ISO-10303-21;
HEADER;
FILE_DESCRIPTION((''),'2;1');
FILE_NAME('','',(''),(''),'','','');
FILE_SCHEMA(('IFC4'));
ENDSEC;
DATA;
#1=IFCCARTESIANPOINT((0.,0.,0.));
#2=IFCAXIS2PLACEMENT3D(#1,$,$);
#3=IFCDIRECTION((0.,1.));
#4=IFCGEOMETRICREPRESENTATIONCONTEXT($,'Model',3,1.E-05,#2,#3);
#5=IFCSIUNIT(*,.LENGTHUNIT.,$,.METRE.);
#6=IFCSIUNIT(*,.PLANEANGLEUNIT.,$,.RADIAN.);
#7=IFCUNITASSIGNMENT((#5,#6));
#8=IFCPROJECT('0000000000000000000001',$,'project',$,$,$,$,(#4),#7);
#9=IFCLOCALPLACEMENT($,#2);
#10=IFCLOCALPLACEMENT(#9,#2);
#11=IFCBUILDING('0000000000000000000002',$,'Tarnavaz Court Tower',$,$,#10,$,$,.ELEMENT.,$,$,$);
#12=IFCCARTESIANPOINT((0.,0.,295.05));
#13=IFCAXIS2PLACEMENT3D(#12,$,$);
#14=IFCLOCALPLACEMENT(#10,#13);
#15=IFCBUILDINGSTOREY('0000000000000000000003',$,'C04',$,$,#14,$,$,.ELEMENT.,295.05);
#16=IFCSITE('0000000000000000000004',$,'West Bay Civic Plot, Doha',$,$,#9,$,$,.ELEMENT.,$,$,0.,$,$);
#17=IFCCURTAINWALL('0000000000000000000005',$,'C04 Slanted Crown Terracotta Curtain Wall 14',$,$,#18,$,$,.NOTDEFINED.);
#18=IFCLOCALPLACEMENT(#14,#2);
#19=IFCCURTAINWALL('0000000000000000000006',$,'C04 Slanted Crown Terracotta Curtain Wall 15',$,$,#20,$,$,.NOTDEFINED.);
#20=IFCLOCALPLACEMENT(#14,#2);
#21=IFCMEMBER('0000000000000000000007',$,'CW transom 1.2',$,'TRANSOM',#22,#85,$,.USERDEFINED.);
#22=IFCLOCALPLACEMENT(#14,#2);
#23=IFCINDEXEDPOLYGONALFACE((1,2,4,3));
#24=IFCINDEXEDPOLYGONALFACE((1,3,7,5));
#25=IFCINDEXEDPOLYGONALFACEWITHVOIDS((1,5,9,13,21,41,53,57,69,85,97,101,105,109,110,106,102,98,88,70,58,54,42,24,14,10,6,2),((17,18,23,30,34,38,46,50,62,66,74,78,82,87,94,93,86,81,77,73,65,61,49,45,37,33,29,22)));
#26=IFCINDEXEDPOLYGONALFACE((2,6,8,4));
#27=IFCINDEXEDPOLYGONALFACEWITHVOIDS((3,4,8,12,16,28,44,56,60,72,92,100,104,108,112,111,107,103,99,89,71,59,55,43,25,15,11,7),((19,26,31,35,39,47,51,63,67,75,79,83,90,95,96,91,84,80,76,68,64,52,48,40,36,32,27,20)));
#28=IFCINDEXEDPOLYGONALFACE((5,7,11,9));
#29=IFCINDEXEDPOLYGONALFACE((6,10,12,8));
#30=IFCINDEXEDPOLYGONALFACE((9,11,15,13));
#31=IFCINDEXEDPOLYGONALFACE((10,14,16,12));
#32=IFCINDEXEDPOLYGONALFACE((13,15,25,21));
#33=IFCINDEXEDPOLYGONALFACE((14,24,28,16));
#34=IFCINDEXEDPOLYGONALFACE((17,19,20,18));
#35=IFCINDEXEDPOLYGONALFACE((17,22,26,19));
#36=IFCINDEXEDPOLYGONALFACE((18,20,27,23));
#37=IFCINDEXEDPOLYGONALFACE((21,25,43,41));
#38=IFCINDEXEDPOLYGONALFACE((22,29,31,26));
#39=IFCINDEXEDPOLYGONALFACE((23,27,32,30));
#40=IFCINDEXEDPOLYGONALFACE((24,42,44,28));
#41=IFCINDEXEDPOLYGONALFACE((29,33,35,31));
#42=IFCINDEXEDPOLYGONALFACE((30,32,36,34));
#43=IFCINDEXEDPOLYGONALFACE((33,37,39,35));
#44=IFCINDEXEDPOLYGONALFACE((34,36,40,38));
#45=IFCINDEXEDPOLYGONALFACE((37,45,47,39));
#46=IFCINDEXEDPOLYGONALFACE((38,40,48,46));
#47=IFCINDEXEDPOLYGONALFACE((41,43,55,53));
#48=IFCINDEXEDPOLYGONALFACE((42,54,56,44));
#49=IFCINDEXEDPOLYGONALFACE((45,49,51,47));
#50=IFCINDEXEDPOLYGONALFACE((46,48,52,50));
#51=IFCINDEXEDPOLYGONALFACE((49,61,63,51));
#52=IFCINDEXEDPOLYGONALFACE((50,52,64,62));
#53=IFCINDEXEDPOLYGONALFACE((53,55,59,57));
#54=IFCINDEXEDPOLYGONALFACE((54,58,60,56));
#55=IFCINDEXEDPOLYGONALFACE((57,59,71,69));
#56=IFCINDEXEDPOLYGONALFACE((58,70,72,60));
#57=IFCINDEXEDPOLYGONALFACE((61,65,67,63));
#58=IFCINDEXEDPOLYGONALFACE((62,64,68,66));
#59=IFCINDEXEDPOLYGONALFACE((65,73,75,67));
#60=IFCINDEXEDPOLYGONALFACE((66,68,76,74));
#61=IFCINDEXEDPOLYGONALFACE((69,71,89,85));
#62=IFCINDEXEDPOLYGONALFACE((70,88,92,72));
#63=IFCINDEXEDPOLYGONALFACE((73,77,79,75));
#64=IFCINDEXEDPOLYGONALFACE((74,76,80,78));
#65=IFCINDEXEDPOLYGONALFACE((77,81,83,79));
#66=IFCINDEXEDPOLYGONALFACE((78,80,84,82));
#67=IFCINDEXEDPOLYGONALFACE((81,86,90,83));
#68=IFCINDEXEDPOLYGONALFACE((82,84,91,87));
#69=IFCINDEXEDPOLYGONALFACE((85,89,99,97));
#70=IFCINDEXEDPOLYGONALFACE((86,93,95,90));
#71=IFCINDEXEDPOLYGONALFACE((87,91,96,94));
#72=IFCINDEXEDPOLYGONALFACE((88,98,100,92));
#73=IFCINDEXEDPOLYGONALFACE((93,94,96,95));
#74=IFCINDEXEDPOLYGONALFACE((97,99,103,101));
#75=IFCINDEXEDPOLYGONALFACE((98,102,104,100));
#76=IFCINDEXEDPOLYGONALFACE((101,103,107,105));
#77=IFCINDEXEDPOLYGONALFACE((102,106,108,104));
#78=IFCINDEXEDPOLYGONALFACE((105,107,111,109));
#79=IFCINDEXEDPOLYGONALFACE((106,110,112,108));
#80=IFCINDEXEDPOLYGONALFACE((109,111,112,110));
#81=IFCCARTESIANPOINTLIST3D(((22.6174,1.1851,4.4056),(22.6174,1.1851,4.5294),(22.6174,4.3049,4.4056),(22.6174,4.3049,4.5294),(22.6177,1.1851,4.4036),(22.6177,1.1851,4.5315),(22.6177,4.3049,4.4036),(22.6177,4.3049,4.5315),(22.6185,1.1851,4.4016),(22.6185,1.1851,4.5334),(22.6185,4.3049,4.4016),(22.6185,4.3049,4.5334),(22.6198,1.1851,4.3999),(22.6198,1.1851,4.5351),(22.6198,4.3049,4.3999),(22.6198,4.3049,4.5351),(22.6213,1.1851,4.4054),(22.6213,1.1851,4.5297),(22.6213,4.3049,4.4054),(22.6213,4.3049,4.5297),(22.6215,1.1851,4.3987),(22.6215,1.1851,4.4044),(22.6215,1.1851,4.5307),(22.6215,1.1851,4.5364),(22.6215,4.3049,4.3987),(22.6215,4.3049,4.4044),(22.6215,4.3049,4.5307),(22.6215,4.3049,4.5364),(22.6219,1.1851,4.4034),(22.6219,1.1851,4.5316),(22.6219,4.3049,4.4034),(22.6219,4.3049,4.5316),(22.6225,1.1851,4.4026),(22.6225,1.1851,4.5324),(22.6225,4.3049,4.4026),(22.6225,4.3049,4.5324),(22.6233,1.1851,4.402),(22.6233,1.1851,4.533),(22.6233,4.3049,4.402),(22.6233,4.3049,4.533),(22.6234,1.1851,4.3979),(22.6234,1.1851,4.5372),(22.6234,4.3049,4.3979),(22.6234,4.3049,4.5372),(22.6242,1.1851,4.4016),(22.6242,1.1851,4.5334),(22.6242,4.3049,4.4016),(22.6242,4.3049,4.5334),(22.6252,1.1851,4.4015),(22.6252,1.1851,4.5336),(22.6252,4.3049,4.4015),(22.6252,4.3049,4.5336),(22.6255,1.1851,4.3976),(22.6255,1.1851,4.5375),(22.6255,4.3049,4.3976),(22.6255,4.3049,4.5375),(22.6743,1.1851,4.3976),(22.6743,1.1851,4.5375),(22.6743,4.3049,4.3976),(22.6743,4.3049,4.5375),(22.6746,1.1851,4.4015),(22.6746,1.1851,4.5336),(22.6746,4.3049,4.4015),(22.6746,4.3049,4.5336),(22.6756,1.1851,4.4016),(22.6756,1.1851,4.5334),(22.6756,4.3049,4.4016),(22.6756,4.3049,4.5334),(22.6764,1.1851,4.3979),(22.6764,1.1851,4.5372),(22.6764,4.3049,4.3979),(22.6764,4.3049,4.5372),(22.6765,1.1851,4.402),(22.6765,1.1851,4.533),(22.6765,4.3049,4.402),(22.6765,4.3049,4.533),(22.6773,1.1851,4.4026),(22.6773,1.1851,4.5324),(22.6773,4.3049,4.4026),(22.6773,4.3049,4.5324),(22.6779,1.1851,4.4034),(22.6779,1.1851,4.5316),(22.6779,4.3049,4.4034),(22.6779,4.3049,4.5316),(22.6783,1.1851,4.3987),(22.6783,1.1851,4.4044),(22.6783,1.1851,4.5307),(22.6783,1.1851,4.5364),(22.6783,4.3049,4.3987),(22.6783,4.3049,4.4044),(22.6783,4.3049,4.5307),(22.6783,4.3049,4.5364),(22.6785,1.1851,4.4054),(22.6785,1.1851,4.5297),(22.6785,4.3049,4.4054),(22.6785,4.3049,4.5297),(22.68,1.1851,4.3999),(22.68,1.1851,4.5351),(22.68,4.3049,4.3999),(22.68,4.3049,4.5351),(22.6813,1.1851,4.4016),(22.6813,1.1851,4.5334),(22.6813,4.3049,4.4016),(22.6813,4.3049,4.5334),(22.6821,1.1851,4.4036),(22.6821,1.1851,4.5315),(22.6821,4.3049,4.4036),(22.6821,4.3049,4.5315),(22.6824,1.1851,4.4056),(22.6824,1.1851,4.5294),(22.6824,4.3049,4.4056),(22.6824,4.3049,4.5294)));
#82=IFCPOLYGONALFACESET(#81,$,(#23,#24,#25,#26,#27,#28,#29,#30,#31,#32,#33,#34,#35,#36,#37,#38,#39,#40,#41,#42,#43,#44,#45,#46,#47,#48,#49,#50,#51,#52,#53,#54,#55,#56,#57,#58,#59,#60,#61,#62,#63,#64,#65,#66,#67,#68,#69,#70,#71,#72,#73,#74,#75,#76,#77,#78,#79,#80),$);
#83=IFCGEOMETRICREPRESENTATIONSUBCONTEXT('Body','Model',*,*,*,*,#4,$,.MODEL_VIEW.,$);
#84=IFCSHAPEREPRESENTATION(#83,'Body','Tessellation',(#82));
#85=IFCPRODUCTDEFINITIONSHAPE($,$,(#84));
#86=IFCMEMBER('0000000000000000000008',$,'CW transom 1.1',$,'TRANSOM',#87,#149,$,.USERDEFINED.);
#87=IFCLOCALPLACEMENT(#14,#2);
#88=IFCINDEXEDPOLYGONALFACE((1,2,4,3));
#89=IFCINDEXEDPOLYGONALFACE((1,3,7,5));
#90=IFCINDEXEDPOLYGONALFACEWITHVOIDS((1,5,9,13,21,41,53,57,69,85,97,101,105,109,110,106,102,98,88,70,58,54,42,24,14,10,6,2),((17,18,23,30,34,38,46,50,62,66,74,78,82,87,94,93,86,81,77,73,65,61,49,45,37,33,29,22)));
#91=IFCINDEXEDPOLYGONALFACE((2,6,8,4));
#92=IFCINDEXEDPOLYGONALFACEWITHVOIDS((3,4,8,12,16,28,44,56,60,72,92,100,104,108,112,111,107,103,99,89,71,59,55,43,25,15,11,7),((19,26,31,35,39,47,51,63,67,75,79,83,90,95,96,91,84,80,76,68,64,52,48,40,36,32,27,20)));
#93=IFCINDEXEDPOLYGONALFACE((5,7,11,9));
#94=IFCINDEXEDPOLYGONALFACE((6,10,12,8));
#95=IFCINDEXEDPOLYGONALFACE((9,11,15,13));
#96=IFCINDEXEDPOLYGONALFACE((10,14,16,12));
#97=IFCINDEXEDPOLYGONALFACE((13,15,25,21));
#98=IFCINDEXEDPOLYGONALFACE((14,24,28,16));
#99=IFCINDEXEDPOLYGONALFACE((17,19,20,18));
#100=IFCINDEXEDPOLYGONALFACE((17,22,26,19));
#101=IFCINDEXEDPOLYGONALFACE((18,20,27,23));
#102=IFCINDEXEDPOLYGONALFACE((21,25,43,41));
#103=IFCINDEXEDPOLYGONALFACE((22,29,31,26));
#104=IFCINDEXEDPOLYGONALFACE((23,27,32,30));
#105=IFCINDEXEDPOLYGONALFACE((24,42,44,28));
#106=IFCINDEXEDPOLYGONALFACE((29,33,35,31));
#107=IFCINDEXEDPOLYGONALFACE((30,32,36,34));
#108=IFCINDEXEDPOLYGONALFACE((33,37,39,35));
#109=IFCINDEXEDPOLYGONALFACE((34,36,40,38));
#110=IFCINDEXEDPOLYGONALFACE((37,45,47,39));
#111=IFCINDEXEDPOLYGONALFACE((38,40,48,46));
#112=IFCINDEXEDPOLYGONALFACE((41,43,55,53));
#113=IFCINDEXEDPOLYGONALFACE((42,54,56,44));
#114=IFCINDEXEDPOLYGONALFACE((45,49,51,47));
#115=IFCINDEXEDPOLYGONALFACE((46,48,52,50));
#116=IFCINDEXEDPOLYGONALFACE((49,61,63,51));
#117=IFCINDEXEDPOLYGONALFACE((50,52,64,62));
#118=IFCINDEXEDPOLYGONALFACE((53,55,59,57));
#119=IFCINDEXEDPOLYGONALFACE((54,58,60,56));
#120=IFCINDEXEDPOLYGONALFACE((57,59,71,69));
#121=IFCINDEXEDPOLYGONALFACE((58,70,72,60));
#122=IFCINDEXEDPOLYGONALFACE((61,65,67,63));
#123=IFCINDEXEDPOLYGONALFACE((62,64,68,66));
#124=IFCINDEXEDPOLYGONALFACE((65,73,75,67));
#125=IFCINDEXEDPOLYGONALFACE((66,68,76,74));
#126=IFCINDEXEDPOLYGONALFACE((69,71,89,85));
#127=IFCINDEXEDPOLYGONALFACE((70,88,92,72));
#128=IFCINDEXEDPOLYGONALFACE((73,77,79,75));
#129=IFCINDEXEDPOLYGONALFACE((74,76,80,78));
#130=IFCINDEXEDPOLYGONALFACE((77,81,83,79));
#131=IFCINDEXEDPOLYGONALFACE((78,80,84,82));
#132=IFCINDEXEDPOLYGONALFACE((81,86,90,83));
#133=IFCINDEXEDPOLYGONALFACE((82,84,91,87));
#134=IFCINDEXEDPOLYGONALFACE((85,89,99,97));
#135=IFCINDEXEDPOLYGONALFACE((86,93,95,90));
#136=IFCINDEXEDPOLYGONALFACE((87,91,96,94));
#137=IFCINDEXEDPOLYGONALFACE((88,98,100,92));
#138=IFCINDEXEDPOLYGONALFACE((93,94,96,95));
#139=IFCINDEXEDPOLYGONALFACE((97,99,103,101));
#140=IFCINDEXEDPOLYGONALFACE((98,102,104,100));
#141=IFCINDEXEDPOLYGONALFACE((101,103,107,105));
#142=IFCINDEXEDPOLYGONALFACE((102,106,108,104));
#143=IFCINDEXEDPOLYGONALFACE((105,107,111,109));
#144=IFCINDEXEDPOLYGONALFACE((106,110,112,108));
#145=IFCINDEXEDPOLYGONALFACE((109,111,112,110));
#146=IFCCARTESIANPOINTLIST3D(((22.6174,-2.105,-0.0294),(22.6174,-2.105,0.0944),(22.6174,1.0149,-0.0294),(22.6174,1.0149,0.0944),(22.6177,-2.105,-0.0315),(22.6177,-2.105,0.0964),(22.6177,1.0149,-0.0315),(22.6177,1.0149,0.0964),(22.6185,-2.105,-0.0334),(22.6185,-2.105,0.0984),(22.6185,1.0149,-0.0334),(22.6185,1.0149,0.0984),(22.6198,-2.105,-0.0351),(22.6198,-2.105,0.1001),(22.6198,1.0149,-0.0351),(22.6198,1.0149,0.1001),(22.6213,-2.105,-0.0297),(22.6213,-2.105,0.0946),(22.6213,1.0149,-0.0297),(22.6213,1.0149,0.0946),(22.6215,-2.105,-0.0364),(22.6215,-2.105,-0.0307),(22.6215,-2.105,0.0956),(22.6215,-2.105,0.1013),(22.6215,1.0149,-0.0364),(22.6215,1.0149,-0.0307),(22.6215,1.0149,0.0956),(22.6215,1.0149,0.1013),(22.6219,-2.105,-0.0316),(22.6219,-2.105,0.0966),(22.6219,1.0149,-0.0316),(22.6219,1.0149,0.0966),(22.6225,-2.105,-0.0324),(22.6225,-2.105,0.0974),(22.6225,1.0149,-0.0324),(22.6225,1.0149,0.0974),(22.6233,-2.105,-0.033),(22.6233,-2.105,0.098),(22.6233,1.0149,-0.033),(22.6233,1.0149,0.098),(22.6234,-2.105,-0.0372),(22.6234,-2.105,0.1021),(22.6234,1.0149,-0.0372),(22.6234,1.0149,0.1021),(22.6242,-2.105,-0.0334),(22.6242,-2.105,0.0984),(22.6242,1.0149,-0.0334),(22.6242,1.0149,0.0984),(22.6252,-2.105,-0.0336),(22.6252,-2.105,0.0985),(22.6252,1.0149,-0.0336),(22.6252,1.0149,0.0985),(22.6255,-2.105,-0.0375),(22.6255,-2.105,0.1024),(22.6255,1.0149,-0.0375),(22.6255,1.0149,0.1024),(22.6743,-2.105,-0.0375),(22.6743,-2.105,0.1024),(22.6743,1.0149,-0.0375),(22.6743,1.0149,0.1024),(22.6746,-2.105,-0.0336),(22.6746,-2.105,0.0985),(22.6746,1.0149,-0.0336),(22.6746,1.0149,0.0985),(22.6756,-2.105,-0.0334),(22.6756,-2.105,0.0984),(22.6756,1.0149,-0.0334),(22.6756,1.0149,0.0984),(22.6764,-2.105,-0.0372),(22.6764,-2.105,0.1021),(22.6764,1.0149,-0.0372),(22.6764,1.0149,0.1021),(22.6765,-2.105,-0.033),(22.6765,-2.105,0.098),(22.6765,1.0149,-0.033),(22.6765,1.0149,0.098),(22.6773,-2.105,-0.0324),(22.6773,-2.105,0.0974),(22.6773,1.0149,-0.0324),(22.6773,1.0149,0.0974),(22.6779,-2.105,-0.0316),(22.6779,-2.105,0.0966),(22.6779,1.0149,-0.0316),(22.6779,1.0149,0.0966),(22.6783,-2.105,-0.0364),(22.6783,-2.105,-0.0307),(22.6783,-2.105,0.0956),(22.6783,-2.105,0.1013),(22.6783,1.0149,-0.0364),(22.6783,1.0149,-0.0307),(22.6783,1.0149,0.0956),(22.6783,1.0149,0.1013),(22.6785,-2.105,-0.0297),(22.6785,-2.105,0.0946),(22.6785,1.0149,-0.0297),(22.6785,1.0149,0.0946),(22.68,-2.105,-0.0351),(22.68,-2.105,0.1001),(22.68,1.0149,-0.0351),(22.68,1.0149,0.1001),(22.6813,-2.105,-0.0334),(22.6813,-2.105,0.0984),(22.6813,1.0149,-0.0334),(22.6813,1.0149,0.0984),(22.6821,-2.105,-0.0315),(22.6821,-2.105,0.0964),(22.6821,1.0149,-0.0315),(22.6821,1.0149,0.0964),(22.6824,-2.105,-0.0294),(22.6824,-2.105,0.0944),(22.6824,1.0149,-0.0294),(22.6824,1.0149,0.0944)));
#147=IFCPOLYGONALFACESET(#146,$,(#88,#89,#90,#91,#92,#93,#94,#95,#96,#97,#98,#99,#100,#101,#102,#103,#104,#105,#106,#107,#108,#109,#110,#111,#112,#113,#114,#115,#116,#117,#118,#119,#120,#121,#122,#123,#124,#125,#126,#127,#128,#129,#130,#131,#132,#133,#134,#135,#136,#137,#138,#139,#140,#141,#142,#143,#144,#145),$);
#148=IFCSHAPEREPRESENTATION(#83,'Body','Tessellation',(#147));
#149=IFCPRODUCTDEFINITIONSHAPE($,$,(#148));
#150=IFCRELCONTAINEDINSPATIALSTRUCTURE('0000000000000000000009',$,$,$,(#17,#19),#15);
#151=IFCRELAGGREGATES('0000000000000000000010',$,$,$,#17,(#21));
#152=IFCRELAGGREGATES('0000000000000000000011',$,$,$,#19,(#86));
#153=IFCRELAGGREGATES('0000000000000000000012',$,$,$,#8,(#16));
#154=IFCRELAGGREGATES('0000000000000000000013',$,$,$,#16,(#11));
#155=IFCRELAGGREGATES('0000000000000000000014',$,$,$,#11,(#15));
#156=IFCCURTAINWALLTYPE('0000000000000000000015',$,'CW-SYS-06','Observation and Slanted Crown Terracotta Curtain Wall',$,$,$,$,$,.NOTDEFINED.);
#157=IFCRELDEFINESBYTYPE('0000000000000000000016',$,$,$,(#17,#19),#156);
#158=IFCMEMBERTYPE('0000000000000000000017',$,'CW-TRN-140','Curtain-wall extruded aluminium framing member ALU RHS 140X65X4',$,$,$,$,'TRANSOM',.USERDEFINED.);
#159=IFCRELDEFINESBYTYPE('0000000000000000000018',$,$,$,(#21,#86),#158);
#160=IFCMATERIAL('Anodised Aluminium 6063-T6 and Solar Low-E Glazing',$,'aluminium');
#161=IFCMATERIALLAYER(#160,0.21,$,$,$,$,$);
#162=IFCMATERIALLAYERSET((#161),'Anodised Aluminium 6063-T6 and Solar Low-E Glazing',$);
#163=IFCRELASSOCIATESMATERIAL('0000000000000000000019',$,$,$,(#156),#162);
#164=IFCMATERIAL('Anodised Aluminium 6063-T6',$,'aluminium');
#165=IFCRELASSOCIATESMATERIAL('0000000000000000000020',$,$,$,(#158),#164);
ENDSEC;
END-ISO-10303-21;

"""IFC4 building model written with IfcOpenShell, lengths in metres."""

from ifc_helpers import new_model, si_unit, direction, frame, origin, origin_2d, place, context, subcontext, project, spatial, hollow_rectangle, extrude, material, layer, layer_set, material_profile, profile_set, type_object, element, aggregate, save


model = new_model("IFC4")

# Units and contexts
model_context = context("Model", 3, precision=1e-05, world=origin(), true_north=direction((0.0, 1.0)))
body_context = subcontext(model_context, "Body", "Model", "MODEL_VIEW")
ifc_project = project(units=[si_unit("LENGTHUNIT", "METRE"), si_unit("PLANEANGLEUNIT", "RADIAN")], contexts=[model_context])

# Site, building, storey
site_placement = place(None, origin())
site = spatial("IfcSite", under=ifc_project, at=site_placement, Name="West Bay Civic Plot, Doha", CompositionType="ELEMENT", RefElevation=0.0)
building_placement = place(site_placement, origin())
building = spatial("IfcBuilding", under=site, at=building_placement, Name="Tarnavaz Court Tower", CompositionType="ELEMENT")
storey_placement = place(building_placement, frame((0.0, 0.0, 295.05)))
storey = spatial("IfcBuildingStorey", under=building, at=storey_placement, Name="C04", CompositionType="ELEMENT", Elevation=295.05)

# Shared definitions
ifc_material_1 = material(Name="Anodised Aluminium 6063-T6 and Solar Low-E Glazing", Category="aluminium")
ifc_layer_1 = layer(ifc_material_1, 0.21)
ifc_layer_set_1 = layer_set([ifc_layer_1], Name="Anodised Aluminium 6063-T6 and Solar Low-E Glazing")
curtain_wall_type = type_object("IfcCurtainWallType", Name="CW-SYS-06", Description="Observation and Slanted Crown Terracotta Curtain Wall", PredefinedType="NOTDEFINED", material=ifc_layer_set_1)
ifc_material_2 = material(Name="Anodised Aluminium 6063-T6", Category="aluminium")

# Curtain walls
curtain_wall_1_placement = place(storey_placement, origin())
curtain_wall_1 = element("IfcCurtainWall", 1, at=curtain_wall_1_placement, inside=storey, type_object=curtain_wall_type, Name="C04 Slanted Crown Terracotta Curtain Wall 14", PredefinedType="NOTDEFINED")
curtain_wall_2_placement = place(storey_placement, origin())
curtain_wall_2 = element("IfcCurtainWall", 2, at=curtain_wall_2_placement, inside=storey, type_object=curtain_wall_type, Name="C04 Slanted Crown Terracotta Curtain Wall 15", PredefinedType="NOTDEFINED")

# Members
ifc_material_profile_1 = material_profile(ifc_material_2, hollow_rectangle(XDim=0.0649, YDim=0.1399, WallThickness=0.0039, InnerFilletRadius=0.0039, OuterFilletRadius=0.0081, at=origin_2d()), Name="ALU RHS 140X65X4")
ifc_profile_set_1 = profile_set([ifc_material_profile_1], Name="Anodised Aluminium 6063-T6")
member_type_1 = type_object("IfcMemberType", Name="CW-TRN-140", Description="Curtain-wall extruded aluminium framing member ALU RHS 140X65X4", ElementType="TRANSOM", PredefinedType="USERDEFINED", material=ifc_profile_set_1)
member_1_placement = place(storey_placement, frame((22.6499, 4.3049, 4.4675), z_axis=(0.0, -1.0, 0.0), x_axis=(1.0, 0.0, 0.0)))
member_1 = element("IfcMember", 3, at=member_1_placement, type_object=member_type_1, Name="CW transom 1.2", ObjectType="TRANSOM", PredefinedType="USERDEFINED", context=body_context, shape_type="SweptSolid", body=[
    extrude(hollow_rectangle(XDim=0.0649, YDim=0.1399, WallThickness=0.0039, InnerFilletRadius=0.0039, OuterFilletRadius=0.0081, at=origin_2d()), origin(), (0.0, 0.0, 1.0), 3.1199),
])
member_2_placement = place(storey_placement, frame((22.6499, 1.0149, 0.0325), z_axis=(0.0, -1.0, 0.0), x_axis=(1.0, 0.0, 0.0)))
member_2 = element("IfcMember", 4, at=member_2_placement, type_object=member_type_1, Name="CW transom 1.1", ObjectType="TRANSOM", PredefinedType="USERDEFINED", context=body_context, shape_type="SweptSolid", body=[
    extrude(hollow_rectangle(XDim=0.0649, YDim=0.1399, WallThickness=0.0039, InnerFilletRadius=0.0039, OuterFilletRadius=0.0081, at=origin_2d()), origin(), (0.0, 0.0, 1.0), 3.1199),
])

aggregate(curtain_wall_1, [member_1])
aggregate(curtain_wall_2, [member_2])

save(model, "model.ifc")
